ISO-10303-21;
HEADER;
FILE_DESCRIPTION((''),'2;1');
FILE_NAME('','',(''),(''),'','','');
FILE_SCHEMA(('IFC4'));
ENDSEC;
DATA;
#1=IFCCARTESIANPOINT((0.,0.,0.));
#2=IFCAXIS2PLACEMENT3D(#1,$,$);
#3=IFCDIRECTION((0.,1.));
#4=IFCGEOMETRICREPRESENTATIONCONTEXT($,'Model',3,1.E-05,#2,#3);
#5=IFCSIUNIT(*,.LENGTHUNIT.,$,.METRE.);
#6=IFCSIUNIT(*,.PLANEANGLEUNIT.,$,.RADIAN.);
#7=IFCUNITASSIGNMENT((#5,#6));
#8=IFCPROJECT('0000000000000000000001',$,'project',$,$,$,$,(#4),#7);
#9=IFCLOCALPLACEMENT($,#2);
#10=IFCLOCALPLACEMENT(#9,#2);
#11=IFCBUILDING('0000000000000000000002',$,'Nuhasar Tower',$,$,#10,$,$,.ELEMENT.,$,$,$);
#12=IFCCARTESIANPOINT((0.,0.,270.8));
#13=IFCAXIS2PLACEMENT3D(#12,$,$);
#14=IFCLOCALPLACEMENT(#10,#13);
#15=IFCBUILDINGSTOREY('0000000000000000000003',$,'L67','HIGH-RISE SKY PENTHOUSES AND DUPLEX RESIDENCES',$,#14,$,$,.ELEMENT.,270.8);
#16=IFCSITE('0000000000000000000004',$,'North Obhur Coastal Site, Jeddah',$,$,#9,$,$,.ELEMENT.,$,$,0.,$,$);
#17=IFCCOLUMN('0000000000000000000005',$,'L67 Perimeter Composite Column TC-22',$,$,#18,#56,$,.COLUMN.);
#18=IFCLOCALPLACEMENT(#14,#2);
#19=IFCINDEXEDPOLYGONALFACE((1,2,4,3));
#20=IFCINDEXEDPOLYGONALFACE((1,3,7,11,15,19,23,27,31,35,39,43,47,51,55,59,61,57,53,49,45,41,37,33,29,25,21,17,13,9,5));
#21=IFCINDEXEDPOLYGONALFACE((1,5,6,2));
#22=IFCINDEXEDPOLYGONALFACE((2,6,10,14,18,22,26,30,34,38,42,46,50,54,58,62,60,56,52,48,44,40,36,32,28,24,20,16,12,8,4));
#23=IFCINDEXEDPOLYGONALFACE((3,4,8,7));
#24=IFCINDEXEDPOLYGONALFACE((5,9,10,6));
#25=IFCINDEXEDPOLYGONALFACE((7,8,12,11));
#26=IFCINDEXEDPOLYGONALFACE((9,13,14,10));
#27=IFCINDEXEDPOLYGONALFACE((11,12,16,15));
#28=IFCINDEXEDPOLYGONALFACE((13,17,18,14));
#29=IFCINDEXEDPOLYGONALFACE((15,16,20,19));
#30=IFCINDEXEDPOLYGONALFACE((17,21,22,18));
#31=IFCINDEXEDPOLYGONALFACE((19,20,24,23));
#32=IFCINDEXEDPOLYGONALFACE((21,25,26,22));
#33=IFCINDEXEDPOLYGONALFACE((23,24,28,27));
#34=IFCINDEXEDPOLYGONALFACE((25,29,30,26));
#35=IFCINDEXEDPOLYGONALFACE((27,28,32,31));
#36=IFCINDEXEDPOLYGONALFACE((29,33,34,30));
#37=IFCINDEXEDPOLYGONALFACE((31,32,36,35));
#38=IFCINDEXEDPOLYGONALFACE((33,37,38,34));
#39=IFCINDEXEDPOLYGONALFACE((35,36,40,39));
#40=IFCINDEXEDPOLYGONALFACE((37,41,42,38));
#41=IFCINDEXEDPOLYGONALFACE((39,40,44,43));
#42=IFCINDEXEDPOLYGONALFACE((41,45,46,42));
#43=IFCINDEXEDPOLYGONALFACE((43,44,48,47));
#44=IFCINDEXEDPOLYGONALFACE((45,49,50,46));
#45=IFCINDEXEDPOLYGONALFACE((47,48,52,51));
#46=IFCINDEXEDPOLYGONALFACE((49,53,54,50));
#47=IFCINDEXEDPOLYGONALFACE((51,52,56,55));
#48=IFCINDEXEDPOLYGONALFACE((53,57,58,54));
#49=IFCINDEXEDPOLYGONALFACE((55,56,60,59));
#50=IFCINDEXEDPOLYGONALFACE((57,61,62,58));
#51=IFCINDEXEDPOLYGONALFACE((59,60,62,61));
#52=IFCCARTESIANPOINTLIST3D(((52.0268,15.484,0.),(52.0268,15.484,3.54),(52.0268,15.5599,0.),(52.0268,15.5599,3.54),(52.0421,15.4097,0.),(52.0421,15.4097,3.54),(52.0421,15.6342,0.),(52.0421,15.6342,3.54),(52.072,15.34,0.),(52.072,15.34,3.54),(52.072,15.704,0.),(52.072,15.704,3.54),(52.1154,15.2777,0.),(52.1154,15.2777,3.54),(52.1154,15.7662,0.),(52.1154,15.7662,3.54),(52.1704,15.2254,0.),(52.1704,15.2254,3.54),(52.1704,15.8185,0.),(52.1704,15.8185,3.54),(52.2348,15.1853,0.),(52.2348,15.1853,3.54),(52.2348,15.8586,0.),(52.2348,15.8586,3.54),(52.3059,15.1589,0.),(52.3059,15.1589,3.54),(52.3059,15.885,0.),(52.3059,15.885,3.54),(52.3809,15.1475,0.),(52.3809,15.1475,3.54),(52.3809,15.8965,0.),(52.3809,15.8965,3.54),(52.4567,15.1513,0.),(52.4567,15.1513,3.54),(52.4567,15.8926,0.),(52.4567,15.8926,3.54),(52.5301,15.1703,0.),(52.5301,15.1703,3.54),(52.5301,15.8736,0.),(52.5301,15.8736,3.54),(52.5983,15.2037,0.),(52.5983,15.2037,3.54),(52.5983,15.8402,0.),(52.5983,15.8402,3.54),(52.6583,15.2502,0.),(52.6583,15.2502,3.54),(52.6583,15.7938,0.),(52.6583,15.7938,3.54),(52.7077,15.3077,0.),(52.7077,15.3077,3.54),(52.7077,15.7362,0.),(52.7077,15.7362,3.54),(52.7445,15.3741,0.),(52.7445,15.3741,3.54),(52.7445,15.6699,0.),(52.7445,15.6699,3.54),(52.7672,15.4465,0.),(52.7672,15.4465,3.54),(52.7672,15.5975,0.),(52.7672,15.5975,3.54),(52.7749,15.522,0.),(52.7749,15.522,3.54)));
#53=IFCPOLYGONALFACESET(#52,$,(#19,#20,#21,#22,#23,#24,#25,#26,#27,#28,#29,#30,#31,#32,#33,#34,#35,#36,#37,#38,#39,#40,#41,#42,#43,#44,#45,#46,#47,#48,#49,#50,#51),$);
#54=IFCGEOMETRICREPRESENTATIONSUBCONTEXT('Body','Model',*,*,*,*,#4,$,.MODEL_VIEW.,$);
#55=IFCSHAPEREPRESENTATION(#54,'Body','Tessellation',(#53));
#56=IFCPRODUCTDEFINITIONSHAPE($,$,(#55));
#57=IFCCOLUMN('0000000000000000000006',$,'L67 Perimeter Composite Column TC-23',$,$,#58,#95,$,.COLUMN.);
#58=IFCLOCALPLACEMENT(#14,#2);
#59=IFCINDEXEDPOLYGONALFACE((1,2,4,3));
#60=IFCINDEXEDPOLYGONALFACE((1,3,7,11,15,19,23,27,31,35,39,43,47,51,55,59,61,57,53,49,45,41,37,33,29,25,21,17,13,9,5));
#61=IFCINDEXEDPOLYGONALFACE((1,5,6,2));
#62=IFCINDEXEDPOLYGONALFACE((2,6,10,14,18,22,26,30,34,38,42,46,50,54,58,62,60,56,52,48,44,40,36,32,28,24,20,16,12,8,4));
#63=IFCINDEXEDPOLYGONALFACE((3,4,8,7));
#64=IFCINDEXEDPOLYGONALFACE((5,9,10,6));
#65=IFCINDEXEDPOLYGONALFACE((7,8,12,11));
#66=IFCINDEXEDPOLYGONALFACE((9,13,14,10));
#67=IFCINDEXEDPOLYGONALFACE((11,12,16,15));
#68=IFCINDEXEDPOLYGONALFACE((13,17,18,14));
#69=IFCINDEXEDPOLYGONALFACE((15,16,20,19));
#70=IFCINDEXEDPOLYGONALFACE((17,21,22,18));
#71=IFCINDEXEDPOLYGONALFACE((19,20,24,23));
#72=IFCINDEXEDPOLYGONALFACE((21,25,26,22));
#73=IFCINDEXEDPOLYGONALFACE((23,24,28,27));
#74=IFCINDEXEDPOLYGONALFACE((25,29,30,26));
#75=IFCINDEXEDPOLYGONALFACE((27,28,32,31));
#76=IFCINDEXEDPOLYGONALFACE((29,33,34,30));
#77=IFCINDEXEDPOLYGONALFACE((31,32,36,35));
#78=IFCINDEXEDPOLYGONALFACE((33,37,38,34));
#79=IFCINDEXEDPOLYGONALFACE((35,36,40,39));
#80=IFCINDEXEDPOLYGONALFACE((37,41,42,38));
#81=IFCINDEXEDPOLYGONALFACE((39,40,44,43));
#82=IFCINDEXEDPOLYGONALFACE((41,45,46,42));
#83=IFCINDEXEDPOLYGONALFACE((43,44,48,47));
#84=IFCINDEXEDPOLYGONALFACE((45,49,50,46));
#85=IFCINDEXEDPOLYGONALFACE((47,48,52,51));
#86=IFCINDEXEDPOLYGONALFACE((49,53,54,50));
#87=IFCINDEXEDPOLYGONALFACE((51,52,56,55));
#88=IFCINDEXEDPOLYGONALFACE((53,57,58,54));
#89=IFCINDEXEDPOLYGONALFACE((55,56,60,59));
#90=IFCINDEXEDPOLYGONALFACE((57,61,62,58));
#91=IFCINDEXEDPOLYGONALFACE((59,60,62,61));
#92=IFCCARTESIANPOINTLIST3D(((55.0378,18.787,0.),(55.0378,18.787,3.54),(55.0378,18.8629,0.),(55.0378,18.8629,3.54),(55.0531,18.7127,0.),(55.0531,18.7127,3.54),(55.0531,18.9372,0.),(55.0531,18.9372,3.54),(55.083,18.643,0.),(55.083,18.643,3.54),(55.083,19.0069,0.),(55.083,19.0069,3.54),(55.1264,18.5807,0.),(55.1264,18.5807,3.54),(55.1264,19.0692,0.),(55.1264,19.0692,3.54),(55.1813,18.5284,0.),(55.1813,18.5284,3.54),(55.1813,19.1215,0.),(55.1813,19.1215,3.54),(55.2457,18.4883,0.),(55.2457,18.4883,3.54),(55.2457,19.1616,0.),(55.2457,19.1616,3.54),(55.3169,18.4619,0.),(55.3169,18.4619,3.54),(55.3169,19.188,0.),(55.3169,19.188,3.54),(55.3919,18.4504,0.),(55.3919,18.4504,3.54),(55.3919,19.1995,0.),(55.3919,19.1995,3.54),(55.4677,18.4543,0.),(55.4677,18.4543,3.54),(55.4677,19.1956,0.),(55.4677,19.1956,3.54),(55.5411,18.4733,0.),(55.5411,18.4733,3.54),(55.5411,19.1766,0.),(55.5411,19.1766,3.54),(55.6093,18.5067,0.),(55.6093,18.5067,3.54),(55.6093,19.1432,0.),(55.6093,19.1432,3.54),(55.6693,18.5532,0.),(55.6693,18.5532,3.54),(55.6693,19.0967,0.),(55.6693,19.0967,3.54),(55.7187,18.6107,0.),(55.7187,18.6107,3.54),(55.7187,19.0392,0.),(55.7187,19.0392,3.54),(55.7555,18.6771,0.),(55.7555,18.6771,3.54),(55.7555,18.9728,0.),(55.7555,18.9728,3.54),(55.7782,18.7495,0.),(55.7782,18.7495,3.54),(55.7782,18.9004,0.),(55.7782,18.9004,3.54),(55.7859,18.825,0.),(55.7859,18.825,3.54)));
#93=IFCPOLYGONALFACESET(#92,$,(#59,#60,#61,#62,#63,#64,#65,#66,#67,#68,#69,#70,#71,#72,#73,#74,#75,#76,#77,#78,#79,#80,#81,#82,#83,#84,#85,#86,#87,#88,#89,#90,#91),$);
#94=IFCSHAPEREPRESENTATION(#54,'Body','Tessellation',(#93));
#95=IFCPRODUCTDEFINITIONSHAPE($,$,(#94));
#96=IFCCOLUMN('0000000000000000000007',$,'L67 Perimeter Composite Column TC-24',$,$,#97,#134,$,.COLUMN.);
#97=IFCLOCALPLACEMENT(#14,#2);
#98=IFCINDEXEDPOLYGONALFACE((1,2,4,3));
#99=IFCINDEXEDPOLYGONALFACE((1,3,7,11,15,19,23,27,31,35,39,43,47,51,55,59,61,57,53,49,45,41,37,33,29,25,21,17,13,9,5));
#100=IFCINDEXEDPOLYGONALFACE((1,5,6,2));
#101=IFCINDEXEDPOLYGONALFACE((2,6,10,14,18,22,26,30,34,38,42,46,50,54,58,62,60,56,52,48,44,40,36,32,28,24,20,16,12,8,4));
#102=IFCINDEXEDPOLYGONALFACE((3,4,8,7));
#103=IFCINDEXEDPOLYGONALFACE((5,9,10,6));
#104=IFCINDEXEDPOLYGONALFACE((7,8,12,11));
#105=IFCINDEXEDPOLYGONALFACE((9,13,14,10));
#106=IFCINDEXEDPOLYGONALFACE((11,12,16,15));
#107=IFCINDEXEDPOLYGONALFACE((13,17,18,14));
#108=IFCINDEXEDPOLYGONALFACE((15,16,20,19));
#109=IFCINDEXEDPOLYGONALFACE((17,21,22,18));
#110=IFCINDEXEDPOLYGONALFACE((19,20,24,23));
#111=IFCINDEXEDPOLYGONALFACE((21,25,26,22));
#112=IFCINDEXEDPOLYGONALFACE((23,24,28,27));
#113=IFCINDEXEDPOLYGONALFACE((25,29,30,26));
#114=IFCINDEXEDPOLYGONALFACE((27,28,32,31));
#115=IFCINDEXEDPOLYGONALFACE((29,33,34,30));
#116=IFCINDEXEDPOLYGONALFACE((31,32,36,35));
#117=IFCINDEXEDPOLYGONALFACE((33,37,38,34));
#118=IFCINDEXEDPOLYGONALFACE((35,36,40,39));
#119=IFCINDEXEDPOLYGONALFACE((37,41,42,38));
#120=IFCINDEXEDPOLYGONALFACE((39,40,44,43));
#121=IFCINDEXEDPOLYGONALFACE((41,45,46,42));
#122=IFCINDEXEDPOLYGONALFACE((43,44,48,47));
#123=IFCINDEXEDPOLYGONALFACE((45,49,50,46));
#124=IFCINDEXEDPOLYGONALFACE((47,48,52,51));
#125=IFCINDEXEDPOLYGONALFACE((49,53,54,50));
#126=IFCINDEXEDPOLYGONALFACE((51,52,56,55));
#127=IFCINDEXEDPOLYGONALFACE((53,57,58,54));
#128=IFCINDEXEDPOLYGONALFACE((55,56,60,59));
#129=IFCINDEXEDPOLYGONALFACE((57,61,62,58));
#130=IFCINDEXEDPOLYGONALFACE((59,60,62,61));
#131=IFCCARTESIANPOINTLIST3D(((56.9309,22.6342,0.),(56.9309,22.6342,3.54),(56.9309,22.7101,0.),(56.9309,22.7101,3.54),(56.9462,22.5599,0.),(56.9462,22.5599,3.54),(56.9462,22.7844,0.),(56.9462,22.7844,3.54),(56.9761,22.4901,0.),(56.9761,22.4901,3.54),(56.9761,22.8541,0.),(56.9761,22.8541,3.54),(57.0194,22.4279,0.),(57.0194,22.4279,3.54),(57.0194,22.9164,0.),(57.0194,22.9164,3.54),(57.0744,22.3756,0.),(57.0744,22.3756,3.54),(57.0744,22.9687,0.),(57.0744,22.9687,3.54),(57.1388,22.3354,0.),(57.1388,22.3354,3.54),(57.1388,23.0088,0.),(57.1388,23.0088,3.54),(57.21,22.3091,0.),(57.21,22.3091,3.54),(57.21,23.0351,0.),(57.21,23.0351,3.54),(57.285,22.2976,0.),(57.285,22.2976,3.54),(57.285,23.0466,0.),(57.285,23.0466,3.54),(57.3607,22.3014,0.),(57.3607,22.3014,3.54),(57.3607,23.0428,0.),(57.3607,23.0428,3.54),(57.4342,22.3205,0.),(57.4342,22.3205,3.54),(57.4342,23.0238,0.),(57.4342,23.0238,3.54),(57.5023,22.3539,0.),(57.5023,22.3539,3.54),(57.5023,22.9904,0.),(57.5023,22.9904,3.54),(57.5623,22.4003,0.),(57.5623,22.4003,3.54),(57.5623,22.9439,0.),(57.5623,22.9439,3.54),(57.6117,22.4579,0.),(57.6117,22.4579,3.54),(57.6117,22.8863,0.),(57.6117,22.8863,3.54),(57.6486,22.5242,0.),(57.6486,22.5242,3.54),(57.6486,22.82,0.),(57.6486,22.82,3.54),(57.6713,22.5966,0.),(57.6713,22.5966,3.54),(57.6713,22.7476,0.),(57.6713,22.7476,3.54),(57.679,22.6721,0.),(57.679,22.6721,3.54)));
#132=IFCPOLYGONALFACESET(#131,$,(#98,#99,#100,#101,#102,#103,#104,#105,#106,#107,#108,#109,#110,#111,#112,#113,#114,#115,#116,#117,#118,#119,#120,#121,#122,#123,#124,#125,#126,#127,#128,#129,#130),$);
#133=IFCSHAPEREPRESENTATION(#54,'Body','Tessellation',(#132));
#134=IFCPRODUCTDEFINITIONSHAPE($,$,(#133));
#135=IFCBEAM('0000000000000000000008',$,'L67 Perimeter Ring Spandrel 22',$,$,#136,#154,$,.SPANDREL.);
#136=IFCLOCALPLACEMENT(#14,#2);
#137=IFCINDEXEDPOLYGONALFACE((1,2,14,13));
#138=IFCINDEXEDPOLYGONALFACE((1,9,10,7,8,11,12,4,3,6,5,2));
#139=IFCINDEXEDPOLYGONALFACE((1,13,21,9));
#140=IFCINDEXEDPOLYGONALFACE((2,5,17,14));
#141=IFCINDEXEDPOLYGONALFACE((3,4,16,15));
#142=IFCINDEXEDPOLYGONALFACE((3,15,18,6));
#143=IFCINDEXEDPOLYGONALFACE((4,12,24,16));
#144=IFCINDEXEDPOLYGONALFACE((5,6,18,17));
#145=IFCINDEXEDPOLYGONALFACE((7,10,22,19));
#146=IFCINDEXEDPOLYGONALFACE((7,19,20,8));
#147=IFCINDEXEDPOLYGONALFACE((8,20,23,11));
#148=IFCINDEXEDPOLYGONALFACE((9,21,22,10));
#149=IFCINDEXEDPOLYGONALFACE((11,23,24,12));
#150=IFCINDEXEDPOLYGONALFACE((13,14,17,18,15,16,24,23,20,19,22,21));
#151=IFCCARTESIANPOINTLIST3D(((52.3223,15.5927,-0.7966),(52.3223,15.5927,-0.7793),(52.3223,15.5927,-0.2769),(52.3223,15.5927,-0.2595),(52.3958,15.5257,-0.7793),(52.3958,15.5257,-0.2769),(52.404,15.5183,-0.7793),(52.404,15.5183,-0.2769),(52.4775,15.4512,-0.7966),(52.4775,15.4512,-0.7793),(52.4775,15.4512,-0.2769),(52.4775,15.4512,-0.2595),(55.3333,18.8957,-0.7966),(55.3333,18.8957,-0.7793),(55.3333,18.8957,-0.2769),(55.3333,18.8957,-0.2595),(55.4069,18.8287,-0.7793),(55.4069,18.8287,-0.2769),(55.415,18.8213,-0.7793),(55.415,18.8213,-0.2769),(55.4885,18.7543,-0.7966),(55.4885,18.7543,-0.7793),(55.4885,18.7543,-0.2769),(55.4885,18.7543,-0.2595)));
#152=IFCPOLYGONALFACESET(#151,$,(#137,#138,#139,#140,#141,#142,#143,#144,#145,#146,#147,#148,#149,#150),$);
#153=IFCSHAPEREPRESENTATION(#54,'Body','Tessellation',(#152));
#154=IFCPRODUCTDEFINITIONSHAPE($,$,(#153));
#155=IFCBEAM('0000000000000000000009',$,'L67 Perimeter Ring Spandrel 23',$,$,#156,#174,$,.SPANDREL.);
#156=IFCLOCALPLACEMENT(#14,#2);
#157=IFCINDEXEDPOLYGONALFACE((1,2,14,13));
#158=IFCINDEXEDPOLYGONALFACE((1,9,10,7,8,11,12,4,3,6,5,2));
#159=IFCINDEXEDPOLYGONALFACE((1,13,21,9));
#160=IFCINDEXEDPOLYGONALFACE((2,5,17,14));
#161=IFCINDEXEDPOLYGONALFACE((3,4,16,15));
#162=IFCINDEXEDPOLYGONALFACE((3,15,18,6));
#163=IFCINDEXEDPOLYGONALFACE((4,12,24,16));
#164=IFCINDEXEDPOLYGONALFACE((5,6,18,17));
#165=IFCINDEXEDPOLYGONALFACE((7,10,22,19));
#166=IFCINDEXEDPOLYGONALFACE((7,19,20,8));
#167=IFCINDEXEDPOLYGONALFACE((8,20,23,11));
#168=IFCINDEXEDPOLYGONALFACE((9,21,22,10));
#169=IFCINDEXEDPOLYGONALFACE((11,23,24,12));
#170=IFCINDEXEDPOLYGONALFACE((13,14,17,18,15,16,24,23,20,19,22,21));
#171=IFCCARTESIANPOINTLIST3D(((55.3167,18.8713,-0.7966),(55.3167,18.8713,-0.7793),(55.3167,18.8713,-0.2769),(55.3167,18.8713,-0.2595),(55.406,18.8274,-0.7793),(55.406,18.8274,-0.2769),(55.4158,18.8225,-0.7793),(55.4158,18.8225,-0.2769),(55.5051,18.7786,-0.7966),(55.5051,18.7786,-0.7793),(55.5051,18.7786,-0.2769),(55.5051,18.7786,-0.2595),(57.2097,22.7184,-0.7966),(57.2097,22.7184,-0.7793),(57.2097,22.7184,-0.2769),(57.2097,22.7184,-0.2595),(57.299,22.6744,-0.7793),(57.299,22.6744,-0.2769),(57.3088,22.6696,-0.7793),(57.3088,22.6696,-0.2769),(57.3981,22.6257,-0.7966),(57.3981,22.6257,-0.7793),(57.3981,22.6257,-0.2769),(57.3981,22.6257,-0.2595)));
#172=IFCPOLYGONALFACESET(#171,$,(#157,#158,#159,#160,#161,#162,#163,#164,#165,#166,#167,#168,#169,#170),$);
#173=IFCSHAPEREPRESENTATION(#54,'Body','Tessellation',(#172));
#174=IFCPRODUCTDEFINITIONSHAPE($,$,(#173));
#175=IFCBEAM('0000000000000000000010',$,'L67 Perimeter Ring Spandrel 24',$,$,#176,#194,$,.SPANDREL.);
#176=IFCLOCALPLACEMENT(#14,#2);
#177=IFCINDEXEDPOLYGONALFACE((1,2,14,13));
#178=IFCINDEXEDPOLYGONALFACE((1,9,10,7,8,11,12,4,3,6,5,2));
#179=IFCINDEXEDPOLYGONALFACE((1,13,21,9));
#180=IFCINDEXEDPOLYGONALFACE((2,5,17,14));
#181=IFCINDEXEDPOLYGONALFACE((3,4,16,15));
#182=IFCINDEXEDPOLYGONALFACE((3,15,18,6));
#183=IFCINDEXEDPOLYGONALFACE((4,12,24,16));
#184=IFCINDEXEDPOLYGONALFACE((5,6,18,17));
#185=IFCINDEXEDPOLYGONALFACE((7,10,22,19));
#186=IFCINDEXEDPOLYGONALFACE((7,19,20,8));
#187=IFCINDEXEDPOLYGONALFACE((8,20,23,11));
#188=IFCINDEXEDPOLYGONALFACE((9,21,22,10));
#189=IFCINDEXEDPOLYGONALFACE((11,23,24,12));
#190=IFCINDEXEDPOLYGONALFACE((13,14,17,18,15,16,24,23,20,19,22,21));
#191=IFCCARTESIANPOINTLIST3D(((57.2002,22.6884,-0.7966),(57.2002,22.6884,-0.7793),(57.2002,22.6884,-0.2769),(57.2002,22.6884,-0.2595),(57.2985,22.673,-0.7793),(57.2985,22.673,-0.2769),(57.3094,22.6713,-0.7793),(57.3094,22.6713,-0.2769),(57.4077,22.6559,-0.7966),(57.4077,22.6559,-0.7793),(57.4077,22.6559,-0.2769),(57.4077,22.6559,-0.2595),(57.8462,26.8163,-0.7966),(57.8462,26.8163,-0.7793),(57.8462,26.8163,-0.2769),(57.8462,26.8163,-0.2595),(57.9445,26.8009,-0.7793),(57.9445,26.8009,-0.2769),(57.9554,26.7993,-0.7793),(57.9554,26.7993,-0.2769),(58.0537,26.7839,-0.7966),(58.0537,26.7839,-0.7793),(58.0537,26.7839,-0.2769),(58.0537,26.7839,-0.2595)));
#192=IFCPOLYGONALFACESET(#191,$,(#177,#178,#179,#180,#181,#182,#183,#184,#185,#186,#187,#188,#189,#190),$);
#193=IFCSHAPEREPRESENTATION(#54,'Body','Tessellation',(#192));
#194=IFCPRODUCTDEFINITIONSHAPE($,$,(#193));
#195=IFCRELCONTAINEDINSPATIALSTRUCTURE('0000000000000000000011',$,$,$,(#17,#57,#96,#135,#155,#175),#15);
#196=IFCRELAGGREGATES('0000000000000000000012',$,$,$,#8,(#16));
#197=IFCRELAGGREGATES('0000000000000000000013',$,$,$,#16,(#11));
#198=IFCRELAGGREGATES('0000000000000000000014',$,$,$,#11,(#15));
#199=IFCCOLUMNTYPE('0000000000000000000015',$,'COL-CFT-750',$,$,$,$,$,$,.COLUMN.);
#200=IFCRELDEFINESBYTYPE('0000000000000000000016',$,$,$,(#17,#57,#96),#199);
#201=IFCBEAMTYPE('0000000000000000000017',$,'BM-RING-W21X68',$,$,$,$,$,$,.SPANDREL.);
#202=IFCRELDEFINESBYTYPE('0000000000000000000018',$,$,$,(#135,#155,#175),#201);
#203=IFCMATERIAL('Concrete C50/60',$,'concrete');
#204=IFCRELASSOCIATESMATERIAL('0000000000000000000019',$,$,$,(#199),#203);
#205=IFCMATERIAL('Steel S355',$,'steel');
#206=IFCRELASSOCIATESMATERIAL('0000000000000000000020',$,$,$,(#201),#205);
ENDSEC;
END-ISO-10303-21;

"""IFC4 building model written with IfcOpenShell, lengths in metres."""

from ifc_helpers import new_model, si_unit, direction, frame, origin, origin_2d, place, context, subcontext, project, spatial, circle, i_section, extrude, material, material_profile, profile_set, type_object, element, save


model = new_model("IFC4")

# Units and contexts
model_context = context("Model", 3, precision=1e-05, world=origin(), true_north=direction((0.0, 1.0)))
body_context = subcontext(model_context, "Body", "Model", "MODEL_VIEW")
ifc_project = project(units=[si_unit("LENGTHUNIT", "METRE"), si_unit("PLANEANGLEUNIT", "RADIAN")], contexts=[model_context])

# Site, building, storey
site_placement = place(None, origin())
site = spatial("IfcSite", under=ifc_project, at=site_placement, Name="North Obhur Coastal Site, Jeddah", CompositionType="ELEMENT", RefElevation=0.0)
building_placement = place(site_placement, origin())
building = spatial("IfcBuilding", under=site, at=building_placement, Name="Nuhasar Tower", CompositionType="ELEMENT")
storey_placement = place(building_placement, frame((0.0, 0.0, 270.8)))
storey = spatial("IfcBuildingStorey", under=building, at=storey_placement, Name="L67", Description="HIGH-RISE SKY PENTHOUSES AND DUPLEX RESIDENCES", CompositionType="ELEMENT", Elevation=270.8)

# Columns
ifc_material_1 = material(Name="Concrete C50/60", Category="concrete")
ifc_material_profile_1 = material_profile(ifc_material_1, circle(Radius=0.375, at=origin_2d()), Name="CFT750")
ifc_profile_set_1 = profile_set([ifc_material_profile_1], Name="Concrete C50/60")
column_type = type_object("IfcColumnType", Name="COL-CFT-750", PredefinedType="COLUMN", material=ifc_profile_set_1)
for number, where, z_axis, x_axis, name in (
    (1, (52.3999, 15.522, 0.0), (0.0, 0.0, 1.0), (1.0, 0.0, 0.0), "L67 Perimeter Composite Column TC-22"),
    (2, (55.4109, 18.825, 0.0), (0.0, 0.0, 1.0), (1.0, 0.0, 0.0), "L67 Perimeter Composite Column TC-23"),
    (3, (57.304, 22.6721, 0.0), (0.0, 0.0, 1.0), (1.0, 0.0, 0.0), "L67 Perimeter Composite Column TC-24"),
):
    element("IfcColumn", number, at=place(storey_placement, frame(where, z_axis=z_axis, x_axis=x_axis)), inside=storey, type_object=column_type, Name=name, PredefinedType="COLUMN", context=body_context, shape_type="SweptSolid", body=[
        extrude(circle(Radius=0.375, at=origin_2d()), origin(), (0.0, 0.0, 1.0), 3.54),
    ])

# Beams
ifc_material_2 = material(Name="Steel S355", Category="steel")
ifc_material_profile_2 = material_profile(ifc_material_2, i_section(OverallWidth=0.21, OverallDepth=0.5371, WebThickness=0.011, FlangeThickness=0.0173, at=origin_2d()), Name="W21X68")
ifc_profile_set_2 = profile_set([ifc_material_profile_2], Name="Steel S355")
beam_type_1 = type_object("IfcBeamType", Name="BM-RING-W21X68", PredefinedType="SPANDREL", material=ifc_profile_set_2)
beam_1_placement = place(storey_placement, frame((52.3999, 15.522, -0.5281), z_axis=(0.673686, 0.739017, 0.0), x_axis=(-0.739017, 0.673686, 0.0)))
element("IfcBeam", 4, at=beam_1_placement, inside=storey, type_object=beam_type_1, Name="L67 Perimeter Ring Spandrel 22", PredefinedType="SPANDREL", context=body_context, shape_type="SweptSolid", body=[
    extrude(i_section(OverallWidth=0.21, OverallDepth=0.5371, WebThickness=0.011, FlangeThickness=0.0173, at=origin_2d()), origin(), (0.0, 0.0, 1.0), 4.4695),
])
beam_2_placement = place(storey_placement, frame((55.4109, 18.825, -0.5281), z_axis=(0.441511, 0.897256, 0.0), x_axis=(-0.897256, 0.441511, 0.0)))
element("IfcBeam", 5, at=beam_2_placement, inside=storey, type_object=beam_type_1, Name="L67 Perimeter Ring Spandrel 23", PredefinedType="SPANDREL", context=body_context, shape_type="SweptSolid", body=[
    extrude(i_section(OverallWidth=0.21, OverallDepth=0.5371, WebThickness=0.011, FlangeThickness=0.0173, at=origin_2d()), origin(), (0.0, 0.0, 1.0), 4.2876),
])
beam_3_placement = place(storey_placement, frame((57.304, 22.6721, -0.5281), z_axis=(0.154612, 0.987975, 0.0), x_axis=(-0.987975, 0.154612, 0.0)))
element("IfcBeam", 6, at=beam_3_placement, inside=storey, type_object=beam_type_1, Name="L67 Perimeter Ring Spandrel 24", PredefinedType="SPANDREL", context=body_context, shape_type="SweptSolid", body=[
    extrude(i_section(OverallWidth=0.21, OverallDepth=0.5371, WebThickness=0.011, FlangeThickness=0.0173, at=origin_2d()), origin(), (0.0, 0.0, 1.0), 4.1782),
])

save(model, "model.ifc")
